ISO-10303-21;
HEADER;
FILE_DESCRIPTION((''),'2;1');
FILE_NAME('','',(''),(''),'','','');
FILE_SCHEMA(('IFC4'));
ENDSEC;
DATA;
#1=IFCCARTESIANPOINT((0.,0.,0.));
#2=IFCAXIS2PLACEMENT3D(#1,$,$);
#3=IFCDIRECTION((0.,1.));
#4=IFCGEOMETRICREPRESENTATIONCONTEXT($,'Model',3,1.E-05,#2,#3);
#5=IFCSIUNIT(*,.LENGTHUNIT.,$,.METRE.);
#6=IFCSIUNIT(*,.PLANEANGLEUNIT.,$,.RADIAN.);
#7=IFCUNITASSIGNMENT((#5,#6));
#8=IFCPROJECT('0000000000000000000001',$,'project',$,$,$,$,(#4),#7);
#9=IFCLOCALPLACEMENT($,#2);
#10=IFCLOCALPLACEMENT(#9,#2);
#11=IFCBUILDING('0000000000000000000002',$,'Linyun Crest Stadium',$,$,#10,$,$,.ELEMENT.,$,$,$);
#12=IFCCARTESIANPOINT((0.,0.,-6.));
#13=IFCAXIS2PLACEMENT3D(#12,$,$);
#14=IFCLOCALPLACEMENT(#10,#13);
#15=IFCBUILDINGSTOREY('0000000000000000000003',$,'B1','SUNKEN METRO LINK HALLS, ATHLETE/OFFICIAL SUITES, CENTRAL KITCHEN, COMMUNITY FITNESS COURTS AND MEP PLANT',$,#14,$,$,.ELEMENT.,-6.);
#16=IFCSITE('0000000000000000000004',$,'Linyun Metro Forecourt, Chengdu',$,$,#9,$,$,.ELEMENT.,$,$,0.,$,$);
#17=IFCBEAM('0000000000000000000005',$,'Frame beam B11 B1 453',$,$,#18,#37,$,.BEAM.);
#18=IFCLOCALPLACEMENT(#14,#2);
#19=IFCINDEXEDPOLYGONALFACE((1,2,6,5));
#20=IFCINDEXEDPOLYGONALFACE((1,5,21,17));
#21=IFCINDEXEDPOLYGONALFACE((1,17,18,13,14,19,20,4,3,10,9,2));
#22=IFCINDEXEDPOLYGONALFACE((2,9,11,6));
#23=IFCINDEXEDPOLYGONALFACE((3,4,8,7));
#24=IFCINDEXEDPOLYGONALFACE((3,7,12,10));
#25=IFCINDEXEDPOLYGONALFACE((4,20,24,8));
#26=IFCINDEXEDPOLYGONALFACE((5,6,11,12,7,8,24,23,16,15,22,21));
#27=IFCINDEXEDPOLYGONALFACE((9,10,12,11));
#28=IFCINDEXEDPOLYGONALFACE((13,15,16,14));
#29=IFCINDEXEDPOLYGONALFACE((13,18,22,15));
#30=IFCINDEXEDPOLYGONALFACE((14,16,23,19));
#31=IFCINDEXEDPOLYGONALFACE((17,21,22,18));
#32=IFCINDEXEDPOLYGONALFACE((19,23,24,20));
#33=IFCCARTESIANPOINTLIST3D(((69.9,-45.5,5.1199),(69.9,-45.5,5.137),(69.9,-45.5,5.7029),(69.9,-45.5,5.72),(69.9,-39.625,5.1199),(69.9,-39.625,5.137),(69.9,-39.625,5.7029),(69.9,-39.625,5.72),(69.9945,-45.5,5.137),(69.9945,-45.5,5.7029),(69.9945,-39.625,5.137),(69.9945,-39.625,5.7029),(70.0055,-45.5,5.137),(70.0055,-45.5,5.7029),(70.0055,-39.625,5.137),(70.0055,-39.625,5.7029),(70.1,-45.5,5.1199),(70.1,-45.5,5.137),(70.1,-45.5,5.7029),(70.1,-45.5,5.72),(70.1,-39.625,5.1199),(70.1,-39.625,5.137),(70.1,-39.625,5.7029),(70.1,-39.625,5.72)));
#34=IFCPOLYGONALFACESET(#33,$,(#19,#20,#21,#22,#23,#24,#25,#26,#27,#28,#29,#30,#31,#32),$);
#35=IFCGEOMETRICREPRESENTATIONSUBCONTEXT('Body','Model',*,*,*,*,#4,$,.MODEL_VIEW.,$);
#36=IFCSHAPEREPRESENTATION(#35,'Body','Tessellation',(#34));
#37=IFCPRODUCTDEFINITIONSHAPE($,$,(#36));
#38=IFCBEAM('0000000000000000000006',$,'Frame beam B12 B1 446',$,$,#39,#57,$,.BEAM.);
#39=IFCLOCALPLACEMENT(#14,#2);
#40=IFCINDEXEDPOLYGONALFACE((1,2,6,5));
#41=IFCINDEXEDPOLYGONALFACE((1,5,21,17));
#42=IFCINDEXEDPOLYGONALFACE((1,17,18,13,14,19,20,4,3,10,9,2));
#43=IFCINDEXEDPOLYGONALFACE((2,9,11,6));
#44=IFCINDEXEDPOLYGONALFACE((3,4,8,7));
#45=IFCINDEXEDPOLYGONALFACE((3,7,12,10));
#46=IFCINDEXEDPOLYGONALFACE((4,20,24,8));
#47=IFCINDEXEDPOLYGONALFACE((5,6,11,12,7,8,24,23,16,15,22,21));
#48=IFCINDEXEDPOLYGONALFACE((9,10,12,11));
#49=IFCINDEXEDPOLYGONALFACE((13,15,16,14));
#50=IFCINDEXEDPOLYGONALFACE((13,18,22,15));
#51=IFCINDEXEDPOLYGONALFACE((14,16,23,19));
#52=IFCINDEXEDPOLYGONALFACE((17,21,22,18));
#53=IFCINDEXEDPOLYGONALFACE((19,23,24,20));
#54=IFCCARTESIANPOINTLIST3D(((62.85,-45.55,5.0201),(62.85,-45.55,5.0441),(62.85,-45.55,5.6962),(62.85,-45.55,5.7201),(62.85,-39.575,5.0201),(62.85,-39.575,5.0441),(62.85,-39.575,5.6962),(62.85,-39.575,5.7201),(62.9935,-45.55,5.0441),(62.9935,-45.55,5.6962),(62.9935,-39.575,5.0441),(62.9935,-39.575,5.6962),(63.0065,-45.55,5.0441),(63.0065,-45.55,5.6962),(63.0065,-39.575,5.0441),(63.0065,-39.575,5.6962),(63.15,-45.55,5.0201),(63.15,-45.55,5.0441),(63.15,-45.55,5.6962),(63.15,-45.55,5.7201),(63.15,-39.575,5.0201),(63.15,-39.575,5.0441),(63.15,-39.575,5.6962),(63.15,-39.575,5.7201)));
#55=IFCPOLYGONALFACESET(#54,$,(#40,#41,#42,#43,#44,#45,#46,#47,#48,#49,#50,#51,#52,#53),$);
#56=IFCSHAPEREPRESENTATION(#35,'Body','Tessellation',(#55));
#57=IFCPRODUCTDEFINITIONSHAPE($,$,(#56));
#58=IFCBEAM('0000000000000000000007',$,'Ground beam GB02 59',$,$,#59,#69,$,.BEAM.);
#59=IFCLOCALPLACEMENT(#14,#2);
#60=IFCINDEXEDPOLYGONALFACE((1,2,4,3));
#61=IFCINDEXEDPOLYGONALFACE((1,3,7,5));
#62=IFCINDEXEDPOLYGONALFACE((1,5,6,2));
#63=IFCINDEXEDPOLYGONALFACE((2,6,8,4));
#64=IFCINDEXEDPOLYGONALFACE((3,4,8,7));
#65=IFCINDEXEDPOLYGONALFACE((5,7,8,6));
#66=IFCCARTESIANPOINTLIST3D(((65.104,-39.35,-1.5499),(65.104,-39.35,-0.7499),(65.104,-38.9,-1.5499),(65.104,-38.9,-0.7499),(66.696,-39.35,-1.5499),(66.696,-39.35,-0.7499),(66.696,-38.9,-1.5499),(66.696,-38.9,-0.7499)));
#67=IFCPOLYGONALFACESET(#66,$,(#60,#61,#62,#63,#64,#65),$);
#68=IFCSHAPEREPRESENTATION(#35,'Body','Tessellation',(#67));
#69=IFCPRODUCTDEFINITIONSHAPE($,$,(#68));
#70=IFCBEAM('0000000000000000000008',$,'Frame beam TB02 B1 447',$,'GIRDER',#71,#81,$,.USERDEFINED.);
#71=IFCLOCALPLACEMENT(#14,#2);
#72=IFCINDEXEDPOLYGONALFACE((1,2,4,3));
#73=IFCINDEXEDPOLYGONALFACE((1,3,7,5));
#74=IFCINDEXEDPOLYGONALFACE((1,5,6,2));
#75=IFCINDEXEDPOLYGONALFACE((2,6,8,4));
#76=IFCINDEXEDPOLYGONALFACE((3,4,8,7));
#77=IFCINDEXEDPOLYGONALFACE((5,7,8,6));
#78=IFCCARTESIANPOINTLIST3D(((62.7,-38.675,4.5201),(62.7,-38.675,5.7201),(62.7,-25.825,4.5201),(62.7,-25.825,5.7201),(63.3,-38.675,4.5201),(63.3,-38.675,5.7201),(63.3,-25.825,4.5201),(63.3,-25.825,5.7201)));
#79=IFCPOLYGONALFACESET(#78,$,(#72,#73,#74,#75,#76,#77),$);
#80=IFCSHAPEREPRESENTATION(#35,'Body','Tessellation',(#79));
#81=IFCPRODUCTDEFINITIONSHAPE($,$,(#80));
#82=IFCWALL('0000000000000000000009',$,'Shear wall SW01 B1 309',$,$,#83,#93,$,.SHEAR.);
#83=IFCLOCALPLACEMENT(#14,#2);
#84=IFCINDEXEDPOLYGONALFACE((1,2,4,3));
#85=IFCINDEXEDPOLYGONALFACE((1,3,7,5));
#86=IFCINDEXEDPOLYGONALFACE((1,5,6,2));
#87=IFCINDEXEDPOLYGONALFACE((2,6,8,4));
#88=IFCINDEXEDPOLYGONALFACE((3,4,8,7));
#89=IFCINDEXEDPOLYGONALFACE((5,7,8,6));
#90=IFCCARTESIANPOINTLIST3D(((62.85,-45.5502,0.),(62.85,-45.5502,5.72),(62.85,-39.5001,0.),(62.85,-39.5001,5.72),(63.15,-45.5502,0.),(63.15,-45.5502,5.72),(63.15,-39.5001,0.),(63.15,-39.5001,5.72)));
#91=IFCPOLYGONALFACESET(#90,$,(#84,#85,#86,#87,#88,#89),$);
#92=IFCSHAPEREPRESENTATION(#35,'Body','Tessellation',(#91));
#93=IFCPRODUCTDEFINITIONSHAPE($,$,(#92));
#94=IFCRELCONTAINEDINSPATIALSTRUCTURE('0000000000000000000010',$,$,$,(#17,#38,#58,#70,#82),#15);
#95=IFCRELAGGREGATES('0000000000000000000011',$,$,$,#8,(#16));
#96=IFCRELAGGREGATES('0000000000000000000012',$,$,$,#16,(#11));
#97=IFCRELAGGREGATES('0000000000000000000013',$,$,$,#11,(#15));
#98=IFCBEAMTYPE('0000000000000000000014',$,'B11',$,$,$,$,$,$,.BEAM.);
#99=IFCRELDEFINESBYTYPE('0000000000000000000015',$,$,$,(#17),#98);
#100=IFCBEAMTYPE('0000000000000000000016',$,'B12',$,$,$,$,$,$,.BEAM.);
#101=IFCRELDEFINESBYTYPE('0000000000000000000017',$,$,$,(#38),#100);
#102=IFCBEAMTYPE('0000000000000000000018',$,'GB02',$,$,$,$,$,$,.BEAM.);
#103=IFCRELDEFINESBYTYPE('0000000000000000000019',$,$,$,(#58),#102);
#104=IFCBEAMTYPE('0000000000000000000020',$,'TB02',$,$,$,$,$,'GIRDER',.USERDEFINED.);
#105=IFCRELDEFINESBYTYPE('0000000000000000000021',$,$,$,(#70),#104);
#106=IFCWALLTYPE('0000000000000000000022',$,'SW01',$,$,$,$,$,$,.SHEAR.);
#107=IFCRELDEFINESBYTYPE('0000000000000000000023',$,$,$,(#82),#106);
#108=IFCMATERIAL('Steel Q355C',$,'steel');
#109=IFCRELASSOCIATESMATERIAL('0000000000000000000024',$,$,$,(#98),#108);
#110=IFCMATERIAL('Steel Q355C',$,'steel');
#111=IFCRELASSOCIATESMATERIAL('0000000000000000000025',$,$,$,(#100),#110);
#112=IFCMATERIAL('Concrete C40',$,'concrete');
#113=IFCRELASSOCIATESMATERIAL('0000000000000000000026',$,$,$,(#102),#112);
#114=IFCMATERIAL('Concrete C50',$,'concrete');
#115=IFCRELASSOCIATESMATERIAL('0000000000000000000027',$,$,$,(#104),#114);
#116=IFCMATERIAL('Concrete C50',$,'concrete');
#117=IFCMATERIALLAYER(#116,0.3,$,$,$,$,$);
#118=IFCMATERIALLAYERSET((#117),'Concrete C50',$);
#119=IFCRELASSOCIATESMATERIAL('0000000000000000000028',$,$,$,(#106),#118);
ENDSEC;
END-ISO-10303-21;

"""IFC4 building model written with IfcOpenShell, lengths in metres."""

from ifc_helpers import new_model, si_unit, direction, frame, frame_2d, origin, origin_2d, place, context, subcontext, project, spatial, rectangle, i_section, extrude, material, layer, layer_set, material_profile, profile_set, type_object, element, save


model = new_model("IFC4")

# Units and contexts
model_context = context("Model", 3, precision=1e-05, world=origin(), true_north=direction((0.0, 1.0)))
body_context = subcontext(model_context, "Body", "Model", "MODEL_VIEW")
ifc_project = project(units=[si_unit("LENGTHUNIT", "METRE"), si_unit("PLANEANGLEUNIT", "RADIAN")], contexts=[model_context])

# Site, building, storey
site_placement = place(None, origin())
site = spatial("IfcSite", under=ifc_project, at=site_placement, Name="Linyun Metro Forecourt, Chengdu", CompositionType="ELEMENT", RefElevation=0.0)
building_placement = place(site_placement, origin())
building = spatial("IfcBuilding", under=site, at=building_placement, Name="Linyun Crest Stadium", CompositionType="ELEMENT")
storey_placement = place(building_placement, frame((0.0, 0.0, -6.0)))
storey = spatial("IfcBuildingStorey", under=building, at=storey_placement, Name="B1", Description="SUNKEN METRO LINK HALLS, ATHLETE/OFFICIAL SUITES, CENTRAL KITCHEN, COMMUNITY FITNESS COURTS AND MEP PLANT", CompositionType="ELEMENT", Elevation=-6.0)

# Beams
ifc_material_1 = material(Name="Steel Q355C", Category="steel")
ifc_material_profile_1 = material_profile(ifc_material_1, i_section(OverallWidth=0.2, OverallDepth=0.6001, WebThickness=0.011, FlangeThickness=0.0171, at=origin_2d()), Name="HN 600x200")
ifc_profile_set_1 = profile_set([ifc_material_profile_1], Name="Steel Q355C")
beam_type_1 = type_object("IfcBeamType", Name="B11", PredefinedType="BEAM", material=ifc_profile_set_1)
beam_1_placement = place(storey_placement, frame((70.0, -45.5, 5.4199), z_axis=(0.0, 1.0, 0.0), x_axis=(-1.0, 0.0, 0.0)))
element("IfcBeam", 1, at=beam_1_placement, inside=storey, type_object=beam_type_1, Name="Frame beam B11 B1 453", PredefinedType="BEAM", context=body_context, shape_type="SweptSolid", body=[
    extrude(i_section(OverallWidth=0.2, OverallDepth=0.6001, WebThickness=0.011, FlangeThickness=0.0171, at=origin_2d()), origin(), (0.0, 0.0, 1.0), 5.875),
])
ifc_material_2 = material(Name="Steel Q355C", Category="steel")
ifc_material_profile_2 = material_profile(ifc_material_2, i_section(OverallWidth=0.3, OverallDepth=0.7, WebThickness=0.0129, FlangeThickness=0.0239, at=origin_2d()), Name="HN 700x300")
ifc_profile_set_2 = profile_set([ifc_material_profile_2], Name="Steel Q355C")
beam_type_2 = type_object("IfcBeamType", Name="B12", PredefinedType="BEAM", material=ifc_profile_set_2)
beam_2_placement = place(storey_placement, frame((63.0, -45.55, 5.3701), z_axis=(0.0, 1.0, 0.0), x_axis=(-1.0, 0.0, 0.0)))
element("IfcBeam", 2, at=beam_2_placement, inside=storey, type_object=beam_type_2, Name="Frame beam B12 B1 446", PredefinedType="BEAM", context=body_context, shape_type="SweptSolid", body=[
    extrude(i_section(OverallWidth=0.3, OverallDepth=0.7, WebThickness=0.0129, FlangeThickness=0.0239, at=origin_2d()), origin(), (0.0, 0.0, 1.0), 5.9751),
])
ifc_material_3 = material(Name="Concrete C40", Category="concrete")
ifc_material_profile_3 = material_profile(ifc_material_3, rectangle(XDim=0.45, YDim=0.8, at=origin_2d()), Name="RCB 800x450")
ifc_profile_set_3 = profile_set([ifc_material_profile_3], Name="Concrete C40")
beam_type_3 = type_object("IfcBeamType", Name="GB02", PredefinedType="BEAM", material=ifc_profile_set_3)
beam_3_placement = place(storey_placement, frame((65.104, -39.125, -1.1499), z_axis=(1.0, 0.0, 0.0), x_axis=(0.0, 1.0, 0.0)))
element("IfcBeam", 3, at=beam_3_placement, inside=storey, type_object=beam_type_3, Name="Ground beam GB02 59", PredefinedType="BEAM", context=body_context, shape_type="SweptSolid", body=[
    extrude(rectangle(XDim=0.45, YDim=0.8, at=origin_2d()), origin(), (0.0, 0.0, 1.0), 1.592),
])
ifc_material_4 = material(Name="Concrete C50", Category="concrete")
ifc_material_profile_4 = material_profile(ifc_material_4, rectangle(XDim=0.6001, YDim=1.2, at=origin_2d()), Name="RCB 1200x600")
ifc_profile_set_4 = profile_set([ifc_material_profile_4], Name="Concrete C50")
beam_type_4 = type_object("IfcBeamType", Name="TB02", ElementType="GIRDER", PredefinedType="USERDEFINED", material=ifc_profile_set_4)
beam_4_placement = place(storey_placement, frame((63.0, -38.675, 5.1201), z_axis=(0.0, 1.0, 0.0), x_axis=(-1.0, 0.0, 0.0)))
element("IfcBeam", 4, at=beam_4_placement, inside=storey, type_object=beam_type_4, Name="Frame beam TB02 B1 447", ObjectType="GIRDER", PredefinedType="USERDEFINED", context=body_context, shape_type="SweptSolid", body=[
    extrude(rectangle(XDim=0.6001, YDim=1.2, at=origin_2d()), origin(), (0.0, 0.0, 1.0), 12.8501),
])

# Wall
ifc_material_5 = material(Name="Concrete C50", Category="concrete")
ifc_layer = layer(ifc_material_5, 0.3)
ifc_layer_set = layer_set([ifc_layer], Name="Concrete C50")
wall_type = type_object("IfcWallType", Name="SW01", PredefinedType="SHEAR", material=ifc_layer_set)
wall_placement = place(storey_placement, frame((63.0, -45.55, 0.0), z_axis=(0.0, 0.0, 1.0), x_axis=(0.0, 1.0, 0.0)))
element("IfcWall", 5, at=wall_placement, inside=storey, type_object=wall_type, Name="Shear wall SW01 B1 309", PredefinedType="SHEAR", context=body_context, shape_type="SweptSolid", body=[
    extrude(rectangle(XDim=6.05, YDim=0.3, at=frame_2d((3.0249, 0.0))), origin(), (0.0, 0.0, 1.0), 5.72),
])

save(model, "model.ifc")
